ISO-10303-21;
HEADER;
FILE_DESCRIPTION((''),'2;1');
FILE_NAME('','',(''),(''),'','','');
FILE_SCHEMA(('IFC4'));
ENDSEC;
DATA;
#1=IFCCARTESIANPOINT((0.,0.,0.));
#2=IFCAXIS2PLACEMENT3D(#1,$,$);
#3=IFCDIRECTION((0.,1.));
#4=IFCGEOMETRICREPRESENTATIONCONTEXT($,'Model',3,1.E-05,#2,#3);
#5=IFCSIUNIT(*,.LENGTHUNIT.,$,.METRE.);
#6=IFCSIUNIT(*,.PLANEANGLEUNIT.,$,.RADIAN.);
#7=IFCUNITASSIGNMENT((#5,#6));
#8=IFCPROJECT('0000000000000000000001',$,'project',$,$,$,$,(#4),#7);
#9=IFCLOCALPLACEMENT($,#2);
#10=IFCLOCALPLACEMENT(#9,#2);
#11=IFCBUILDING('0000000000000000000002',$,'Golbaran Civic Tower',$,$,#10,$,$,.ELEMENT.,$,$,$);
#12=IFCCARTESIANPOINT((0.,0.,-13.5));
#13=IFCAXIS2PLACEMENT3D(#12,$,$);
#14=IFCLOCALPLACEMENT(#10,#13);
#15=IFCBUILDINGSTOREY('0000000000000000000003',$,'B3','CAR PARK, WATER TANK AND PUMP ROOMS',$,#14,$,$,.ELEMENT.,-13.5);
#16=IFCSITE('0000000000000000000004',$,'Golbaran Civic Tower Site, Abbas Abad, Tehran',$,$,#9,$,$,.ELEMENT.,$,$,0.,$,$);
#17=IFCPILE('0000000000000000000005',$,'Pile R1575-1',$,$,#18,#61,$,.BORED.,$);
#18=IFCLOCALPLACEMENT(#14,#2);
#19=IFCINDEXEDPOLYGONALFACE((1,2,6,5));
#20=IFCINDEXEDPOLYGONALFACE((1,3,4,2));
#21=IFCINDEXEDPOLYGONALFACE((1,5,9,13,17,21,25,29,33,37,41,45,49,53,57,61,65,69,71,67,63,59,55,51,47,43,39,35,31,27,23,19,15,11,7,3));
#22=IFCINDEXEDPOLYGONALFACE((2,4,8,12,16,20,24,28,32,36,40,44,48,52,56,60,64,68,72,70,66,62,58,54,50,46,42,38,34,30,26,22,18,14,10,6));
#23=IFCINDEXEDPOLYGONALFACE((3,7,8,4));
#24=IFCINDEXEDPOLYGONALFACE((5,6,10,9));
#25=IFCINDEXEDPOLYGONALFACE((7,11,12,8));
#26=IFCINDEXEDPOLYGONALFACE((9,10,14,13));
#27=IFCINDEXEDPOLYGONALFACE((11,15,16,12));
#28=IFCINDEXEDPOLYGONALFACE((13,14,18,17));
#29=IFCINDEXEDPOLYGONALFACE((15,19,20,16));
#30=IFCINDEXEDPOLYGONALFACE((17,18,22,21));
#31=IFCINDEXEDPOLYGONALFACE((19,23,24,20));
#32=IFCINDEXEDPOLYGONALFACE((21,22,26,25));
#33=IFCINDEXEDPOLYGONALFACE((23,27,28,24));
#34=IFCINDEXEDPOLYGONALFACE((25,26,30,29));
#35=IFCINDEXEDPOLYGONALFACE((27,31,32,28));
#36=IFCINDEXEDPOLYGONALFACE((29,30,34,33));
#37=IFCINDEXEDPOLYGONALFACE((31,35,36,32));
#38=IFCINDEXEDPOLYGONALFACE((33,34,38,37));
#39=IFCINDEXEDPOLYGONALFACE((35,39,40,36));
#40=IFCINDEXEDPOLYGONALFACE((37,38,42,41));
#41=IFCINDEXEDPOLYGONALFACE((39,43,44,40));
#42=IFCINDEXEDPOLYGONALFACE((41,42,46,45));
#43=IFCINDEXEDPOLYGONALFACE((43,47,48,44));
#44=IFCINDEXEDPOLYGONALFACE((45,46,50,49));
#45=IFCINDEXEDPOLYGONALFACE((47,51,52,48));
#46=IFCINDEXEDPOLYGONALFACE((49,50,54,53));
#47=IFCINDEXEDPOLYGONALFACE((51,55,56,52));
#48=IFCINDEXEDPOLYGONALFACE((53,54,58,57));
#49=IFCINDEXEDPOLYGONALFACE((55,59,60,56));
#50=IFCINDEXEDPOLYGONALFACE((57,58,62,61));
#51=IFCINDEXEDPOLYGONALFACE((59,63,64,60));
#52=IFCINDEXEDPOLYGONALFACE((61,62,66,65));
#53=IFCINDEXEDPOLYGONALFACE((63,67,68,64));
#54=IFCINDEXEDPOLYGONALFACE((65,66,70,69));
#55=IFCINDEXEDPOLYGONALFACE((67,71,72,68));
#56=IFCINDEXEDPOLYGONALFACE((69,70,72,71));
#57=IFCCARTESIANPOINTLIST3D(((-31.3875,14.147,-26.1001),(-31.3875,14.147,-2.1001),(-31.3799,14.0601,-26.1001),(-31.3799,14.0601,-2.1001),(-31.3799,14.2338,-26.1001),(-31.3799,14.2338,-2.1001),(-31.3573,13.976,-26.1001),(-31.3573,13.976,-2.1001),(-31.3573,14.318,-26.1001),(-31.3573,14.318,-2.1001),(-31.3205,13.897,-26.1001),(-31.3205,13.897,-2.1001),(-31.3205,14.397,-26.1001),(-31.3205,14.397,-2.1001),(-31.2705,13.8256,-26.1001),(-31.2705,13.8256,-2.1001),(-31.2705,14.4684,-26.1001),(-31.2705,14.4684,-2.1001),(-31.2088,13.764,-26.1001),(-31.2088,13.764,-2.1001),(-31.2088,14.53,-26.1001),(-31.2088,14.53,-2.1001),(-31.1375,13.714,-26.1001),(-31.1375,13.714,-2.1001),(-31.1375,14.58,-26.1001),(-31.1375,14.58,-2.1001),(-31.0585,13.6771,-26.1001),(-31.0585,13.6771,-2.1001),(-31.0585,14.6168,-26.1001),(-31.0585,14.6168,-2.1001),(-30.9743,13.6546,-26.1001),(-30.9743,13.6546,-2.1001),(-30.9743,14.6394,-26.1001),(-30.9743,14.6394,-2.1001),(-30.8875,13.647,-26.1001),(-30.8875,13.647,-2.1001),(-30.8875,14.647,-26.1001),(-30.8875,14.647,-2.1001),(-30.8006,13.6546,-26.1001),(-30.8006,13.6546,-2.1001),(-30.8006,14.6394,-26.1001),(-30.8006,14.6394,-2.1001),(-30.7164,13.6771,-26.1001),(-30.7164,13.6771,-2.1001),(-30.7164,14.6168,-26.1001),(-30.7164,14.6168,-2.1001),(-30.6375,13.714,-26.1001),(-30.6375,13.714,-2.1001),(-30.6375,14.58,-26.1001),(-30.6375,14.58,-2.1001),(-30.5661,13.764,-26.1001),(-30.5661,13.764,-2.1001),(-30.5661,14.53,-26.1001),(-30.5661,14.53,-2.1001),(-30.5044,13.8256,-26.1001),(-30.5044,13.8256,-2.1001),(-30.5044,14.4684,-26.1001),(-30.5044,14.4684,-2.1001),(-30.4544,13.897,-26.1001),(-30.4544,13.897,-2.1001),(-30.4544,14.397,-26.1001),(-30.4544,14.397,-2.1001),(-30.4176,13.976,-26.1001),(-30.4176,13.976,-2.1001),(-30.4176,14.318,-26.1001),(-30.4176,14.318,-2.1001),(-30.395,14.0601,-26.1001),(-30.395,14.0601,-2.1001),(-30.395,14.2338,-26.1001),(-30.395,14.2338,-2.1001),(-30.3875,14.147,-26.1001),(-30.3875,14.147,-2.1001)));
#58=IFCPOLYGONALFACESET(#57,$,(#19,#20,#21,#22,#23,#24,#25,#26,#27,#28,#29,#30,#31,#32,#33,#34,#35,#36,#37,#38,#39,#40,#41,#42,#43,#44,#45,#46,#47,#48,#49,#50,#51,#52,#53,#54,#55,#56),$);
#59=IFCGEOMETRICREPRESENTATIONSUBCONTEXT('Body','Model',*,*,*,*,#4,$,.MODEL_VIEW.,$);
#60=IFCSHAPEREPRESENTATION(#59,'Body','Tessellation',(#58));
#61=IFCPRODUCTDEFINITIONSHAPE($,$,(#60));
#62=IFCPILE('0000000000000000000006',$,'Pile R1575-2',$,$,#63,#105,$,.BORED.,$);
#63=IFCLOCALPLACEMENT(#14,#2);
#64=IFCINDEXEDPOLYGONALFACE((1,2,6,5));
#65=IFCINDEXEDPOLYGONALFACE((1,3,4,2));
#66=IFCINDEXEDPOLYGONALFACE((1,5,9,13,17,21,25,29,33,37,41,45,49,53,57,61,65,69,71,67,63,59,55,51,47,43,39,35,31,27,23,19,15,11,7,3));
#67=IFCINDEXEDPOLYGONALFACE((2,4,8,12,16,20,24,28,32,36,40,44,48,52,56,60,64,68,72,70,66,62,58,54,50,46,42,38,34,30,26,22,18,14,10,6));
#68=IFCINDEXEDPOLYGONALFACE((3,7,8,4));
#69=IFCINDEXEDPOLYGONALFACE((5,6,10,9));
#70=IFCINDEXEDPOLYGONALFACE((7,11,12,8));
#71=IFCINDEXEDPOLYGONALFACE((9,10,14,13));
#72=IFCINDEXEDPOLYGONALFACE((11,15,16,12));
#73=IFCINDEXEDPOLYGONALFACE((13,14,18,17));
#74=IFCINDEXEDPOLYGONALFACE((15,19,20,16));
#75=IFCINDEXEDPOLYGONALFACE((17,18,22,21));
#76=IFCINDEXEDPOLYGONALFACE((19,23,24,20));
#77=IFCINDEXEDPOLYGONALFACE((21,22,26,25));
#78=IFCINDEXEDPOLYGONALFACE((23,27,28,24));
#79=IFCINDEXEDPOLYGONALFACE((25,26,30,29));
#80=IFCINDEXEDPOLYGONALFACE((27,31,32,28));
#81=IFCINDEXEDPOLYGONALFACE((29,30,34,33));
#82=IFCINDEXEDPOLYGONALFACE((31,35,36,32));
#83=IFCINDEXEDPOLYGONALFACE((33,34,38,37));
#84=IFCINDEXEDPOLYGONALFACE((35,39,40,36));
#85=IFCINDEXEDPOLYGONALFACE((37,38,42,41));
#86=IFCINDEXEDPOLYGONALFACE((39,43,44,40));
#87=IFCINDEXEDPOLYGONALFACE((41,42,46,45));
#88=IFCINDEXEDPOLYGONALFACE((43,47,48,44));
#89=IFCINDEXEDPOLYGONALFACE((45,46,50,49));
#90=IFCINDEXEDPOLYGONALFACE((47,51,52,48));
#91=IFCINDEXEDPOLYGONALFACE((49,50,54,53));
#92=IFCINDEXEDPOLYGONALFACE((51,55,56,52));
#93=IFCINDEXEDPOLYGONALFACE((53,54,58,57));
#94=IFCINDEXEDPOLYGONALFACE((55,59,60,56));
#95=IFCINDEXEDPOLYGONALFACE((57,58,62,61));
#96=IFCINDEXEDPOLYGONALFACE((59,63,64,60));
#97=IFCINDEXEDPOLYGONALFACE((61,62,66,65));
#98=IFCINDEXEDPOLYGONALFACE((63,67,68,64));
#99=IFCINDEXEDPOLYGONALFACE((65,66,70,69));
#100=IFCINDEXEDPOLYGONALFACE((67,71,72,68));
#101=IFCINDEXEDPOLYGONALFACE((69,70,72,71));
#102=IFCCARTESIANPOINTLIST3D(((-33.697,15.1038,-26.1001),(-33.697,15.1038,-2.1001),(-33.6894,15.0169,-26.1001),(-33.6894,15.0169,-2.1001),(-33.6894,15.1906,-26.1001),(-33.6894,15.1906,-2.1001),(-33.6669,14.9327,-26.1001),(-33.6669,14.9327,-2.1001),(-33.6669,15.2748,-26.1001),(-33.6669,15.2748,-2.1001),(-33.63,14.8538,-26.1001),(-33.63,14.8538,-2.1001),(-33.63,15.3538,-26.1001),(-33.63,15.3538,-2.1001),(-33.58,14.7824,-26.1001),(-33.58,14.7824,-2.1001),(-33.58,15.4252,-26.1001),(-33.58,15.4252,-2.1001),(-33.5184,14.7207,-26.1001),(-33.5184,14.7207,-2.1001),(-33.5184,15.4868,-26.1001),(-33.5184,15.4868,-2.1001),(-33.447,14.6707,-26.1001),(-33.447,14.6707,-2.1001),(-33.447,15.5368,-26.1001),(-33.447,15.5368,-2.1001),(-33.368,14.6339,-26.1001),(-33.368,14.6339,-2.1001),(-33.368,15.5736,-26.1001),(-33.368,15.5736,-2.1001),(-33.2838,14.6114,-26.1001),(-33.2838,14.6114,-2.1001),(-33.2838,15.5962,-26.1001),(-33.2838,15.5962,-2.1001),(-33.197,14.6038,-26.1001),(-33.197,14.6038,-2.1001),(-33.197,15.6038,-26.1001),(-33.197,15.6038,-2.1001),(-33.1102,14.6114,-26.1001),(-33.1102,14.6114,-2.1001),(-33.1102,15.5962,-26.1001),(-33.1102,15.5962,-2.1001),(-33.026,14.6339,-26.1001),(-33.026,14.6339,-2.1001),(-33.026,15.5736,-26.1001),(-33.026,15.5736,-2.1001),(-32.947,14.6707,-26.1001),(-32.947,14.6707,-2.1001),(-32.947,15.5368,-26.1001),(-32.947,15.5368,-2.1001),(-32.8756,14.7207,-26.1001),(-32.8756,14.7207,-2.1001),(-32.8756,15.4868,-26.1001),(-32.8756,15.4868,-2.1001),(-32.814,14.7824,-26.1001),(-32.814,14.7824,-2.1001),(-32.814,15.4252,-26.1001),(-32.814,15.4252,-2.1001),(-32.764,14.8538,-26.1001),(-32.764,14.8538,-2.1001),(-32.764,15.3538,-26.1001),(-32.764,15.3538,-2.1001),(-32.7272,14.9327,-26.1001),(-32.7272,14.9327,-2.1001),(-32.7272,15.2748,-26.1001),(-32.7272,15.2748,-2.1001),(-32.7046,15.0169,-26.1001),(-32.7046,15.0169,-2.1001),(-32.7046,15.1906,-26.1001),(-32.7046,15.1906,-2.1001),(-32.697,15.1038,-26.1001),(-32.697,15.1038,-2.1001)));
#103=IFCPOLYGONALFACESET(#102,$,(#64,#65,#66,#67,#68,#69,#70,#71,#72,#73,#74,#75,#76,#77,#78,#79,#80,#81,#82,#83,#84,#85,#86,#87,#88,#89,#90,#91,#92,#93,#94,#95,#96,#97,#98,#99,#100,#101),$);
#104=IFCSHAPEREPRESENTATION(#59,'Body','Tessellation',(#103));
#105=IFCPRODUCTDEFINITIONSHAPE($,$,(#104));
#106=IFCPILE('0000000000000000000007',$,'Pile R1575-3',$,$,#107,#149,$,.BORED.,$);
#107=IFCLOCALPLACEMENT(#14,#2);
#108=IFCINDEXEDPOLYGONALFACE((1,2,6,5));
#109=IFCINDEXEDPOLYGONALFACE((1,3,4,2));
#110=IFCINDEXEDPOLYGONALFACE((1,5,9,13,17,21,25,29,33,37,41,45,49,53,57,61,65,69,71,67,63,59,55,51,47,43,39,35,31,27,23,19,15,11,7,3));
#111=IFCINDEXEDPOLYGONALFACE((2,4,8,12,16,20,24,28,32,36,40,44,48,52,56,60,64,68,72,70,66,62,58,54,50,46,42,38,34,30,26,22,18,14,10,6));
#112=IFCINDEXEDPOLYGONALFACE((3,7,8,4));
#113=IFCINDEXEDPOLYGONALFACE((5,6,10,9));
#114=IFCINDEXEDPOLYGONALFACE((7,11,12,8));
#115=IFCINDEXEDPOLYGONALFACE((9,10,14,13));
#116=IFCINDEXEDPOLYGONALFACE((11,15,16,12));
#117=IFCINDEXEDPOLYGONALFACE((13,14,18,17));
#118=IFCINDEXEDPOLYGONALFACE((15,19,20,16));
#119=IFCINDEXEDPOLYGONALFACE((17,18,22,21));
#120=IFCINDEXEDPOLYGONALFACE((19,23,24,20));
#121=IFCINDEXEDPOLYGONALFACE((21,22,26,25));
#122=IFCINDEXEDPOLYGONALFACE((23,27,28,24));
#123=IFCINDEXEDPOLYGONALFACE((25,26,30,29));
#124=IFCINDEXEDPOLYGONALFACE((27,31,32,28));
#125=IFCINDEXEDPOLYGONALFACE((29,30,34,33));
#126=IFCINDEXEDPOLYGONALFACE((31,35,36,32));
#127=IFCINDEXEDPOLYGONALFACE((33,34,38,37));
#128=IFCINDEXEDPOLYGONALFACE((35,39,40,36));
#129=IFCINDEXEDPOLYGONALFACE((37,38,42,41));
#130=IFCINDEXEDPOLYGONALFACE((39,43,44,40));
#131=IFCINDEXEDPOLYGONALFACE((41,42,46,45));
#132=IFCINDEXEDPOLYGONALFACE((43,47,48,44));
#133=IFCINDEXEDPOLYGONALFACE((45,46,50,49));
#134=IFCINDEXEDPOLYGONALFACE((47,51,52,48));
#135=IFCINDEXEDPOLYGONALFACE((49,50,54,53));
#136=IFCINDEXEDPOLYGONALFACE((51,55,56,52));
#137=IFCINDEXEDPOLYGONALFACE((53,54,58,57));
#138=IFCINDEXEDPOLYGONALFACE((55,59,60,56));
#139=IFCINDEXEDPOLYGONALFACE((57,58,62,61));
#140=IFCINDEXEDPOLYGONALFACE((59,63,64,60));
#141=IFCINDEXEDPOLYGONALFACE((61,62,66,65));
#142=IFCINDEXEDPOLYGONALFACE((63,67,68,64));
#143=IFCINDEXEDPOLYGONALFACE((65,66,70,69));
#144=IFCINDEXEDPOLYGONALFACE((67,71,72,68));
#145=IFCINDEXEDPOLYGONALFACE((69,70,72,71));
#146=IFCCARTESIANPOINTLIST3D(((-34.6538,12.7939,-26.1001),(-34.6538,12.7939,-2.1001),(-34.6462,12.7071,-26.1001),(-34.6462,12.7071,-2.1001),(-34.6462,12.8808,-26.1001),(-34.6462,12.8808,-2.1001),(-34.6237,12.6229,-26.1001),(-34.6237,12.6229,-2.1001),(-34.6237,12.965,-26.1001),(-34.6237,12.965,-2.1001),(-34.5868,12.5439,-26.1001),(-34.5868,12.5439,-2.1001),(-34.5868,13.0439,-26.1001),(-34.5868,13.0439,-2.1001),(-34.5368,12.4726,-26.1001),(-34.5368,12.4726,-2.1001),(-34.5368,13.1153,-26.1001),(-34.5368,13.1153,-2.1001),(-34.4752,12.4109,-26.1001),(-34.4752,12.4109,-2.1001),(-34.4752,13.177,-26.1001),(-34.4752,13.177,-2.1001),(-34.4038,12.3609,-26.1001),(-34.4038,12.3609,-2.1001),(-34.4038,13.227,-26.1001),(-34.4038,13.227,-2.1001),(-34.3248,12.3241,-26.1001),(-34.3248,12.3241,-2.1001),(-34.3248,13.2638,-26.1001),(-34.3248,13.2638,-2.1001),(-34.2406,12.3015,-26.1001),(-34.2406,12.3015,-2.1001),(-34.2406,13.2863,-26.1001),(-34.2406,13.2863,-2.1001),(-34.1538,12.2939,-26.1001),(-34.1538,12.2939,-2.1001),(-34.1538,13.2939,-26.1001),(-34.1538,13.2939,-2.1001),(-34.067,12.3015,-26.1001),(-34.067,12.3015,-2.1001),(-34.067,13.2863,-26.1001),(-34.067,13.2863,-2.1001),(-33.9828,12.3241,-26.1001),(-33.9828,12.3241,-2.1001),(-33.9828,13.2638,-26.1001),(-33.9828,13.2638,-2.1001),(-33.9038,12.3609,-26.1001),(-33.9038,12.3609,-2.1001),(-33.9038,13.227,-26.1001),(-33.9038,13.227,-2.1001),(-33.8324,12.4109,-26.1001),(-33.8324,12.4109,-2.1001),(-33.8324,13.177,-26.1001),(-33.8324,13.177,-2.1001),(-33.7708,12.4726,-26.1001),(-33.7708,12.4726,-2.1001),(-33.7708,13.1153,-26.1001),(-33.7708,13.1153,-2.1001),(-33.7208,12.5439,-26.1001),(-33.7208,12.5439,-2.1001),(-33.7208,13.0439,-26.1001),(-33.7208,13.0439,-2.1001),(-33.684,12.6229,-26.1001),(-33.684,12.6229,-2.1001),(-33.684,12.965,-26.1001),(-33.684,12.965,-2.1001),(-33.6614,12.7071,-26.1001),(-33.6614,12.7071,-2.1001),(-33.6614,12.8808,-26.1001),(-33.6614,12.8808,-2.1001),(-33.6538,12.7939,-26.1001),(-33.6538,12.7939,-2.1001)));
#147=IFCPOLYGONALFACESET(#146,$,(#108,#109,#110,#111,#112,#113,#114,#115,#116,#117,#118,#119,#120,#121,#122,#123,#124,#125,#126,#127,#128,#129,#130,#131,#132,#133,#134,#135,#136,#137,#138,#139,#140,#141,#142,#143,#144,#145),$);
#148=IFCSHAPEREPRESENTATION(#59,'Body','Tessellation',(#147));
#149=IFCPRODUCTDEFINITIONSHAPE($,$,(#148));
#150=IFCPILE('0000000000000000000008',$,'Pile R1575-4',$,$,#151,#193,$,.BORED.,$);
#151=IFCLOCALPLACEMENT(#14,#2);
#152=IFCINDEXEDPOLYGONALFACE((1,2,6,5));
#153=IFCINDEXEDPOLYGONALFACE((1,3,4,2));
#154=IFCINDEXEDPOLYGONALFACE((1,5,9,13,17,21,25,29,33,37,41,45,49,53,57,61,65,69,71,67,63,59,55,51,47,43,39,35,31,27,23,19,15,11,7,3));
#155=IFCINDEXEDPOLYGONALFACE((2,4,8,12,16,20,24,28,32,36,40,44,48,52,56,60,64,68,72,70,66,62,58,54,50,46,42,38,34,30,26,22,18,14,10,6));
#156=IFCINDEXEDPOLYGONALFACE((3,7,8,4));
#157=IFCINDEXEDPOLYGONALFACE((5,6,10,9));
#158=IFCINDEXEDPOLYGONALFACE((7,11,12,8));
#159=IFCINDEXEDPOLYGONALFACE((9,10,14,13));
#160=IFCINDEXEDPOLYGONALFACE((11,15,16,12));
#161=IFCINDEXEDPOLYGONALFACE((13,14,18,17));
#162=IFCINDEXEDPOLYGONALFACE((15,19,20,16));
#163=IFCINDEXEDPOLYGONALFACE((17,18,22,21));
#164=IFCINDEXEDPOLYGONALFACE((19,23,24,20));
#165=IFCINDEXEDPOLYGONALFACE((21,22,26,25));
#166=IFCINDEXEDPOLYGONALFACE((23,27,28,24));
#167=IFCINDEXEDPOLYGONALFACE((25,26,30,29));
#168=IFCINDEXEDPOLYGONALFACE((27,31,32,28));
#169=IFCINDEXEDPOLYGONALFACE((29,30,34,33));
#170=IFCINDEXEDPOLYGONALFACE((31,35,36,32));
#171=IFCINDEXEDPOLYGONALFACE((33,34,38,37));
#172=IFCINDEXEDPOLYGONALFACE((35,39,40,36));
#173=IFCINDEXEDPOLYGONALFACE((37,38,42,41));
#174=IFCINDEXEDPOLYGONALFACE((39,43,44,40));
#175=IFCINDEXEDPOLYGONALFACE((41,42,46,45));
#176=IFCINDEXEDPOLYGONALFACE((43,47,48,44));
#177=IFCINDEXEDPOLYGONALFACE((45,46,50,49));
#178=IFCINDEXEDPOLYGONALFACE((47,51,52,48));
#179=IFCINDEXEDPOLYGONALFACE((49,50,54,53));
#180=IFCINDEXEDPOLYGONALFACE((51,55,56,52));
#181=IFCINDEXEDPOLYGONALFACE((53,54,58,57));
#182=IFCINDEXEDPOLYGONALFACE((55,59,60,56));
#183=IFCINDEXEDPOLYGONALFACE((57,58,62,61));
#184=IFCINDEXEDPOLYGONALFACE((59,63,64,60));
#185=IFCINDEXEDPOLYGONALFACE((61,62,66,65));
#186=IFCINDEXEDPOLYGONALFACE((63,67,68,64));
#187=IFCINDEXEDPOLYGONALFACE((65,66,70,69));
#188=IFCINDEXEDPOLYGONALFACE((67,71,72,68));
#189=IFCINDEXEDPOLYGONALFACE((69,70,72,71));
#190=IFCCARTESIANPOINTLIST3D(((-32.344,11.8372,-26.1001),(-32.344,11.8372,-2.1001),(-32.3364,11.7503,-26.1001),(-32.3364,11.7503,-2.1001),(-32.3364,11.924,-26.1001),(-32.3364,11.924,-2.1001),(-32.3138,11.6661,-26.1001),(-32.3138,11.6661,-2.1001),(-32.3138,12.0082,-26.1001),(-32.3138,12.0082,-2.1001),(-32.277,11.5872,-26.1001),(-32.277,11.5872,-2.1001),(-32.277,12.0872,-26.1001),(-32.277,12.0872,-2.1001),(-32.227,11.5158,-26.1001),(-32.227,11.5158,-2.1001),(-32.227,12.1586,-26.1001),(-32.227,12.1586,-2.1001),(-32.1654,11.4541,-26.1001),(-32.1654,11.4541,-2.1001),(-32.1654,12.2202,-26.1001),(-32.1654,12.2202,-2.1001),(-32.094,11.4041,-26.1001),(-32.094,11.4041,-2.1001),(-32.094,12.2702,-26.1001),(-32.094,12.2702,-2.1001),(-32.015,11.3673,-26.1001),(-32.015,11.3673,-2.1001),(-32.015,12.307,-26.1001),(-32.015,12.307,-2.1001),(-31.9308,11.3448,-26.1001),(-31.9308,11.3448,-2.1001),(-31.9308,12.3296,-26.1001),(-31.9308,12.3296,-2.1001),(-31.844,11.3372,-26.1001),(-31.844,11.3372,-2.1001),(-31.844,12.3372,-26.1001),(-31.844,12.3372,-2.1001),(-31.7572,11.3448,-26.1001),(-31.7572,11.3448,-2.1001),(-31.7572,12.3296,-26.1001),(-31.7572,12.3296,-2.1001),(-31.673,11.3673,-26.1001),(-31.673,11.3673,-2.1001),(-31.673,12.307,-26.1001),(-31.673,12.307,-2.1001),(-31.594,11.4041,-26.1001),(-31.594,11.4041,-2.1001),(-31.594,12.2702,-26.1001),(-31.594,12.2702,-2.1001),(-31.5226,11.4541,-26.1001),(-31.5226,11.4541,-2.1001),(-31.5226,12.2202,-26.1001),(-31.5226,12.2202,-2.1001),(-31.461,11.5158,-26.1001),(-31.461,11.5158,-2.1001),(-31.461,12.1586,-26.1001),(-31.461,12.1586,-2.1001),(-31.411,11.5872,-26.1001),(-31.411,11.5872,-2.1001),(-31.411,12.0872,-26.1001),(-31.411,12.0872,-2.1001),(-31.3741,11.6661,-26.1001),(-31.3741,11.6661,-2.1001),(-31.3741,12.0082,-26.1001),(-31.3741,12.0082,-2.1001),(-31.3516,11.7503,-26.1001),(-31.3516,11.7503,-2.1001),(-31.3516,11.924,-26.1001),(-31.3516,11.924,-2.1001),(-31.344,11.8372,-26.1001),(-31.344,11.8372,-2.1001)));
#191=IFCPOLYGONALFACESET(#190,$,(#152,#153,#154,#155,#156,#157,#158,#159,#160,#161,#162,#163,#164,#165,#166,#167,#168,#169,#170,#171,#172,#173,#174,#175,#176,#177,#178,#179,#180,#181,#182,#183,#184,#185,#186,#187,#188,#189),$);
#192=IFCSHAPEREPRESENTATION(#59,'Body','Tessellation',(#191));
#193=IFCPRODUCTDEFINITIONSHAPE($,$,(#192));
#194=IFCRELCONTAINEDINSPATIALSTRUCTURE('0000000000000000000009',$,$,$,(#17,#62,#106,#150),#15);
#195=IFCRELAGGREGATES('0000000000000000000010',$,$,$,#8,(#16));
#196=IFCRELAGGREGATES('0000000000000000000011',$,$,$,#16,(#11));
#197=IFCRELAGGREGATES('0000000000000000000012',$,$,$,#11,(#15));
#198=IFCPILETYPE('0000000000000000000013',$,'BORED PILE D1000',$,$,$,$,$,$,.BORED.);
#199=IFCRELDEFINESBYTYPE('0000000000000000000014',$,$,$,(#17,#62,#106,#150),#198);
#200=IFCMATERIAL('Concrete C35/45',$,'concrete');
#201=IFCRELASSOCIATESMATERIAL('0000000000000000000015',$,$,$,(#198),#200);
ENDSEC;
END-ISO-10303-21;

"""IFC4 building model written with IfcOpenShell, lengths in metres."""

from ifc_helpers import new_model, si_unit, direction, frame, origin, origin_2d, place, context, subcontext, project, spatial, circle, extrude, material, material_profile, profile_set, type_object, element, save


model = new_model("IFC4")

# Units and contexts
model_context = context("Model", 3, precision=1e-05, world=origin(), true_north=direction((0.0, 1.0)))
body_context = subcontext(model_context, "Body", "Model", "MODEL_VIEW")
ifc_project = project(units=[si_unit("LENGTHUNIT", "METRE"), si_unit("PLANEANGLEUNIT", "RADIAN")], contexts=[model_context])

# Site, building, storey
site_placement = place(None, origin())
site = spatial("IfcSite", under=ifc_project, at=site_placement, Name="Golbaran Civic Tower Site, Abbas Abad, Tehran", CompositionType="ELEMENT", RefElevation=0.0)
building_placement = place(site_placement, origin())
building = spatial("IfcBuilding", under=site, at=building_placement, Name="Golbaran Civic Tower", CompositionType="ELEMENT")
storey_placement = place(building_placement, frame((0.0, 0.0, -13.5)))
storey = spatial("IfcBuildingStorey", under=building, at=storey_placement, Name="B3", Description="CAR PARK, WATER TANK AND PUMP ROOMS", CompositionType="ELEMENT", Elevation=-13.5)

# Piles
ifc_material_1 = material(Name="Concrete C35/45", Category="concrete")
ifc_material_profile_1 = material_profile(ifc_material_1, circle(Radius=0.5, at=origin_2d()), Name="BORED PILE D1000")
ifc_profile_set_1 = profile_set([ifc_material_profile_1], Name="Concrete C35/45")
pile_type_1 = type_object("IfcPileType", Name="BORED PILE D1000", PredefinedType="BORED", material=ifc_profile_set_1)
for number, where, z_axis, x_axis, name in (
    (1, (-30.8875, 14.147, -2.1001), (0.0, 0.0, -1.0), (1.0, 0.0, 0.0), "Pile R1575-1"),
    (2, (-33.197, 15.1038, -2.1001), (0.0, 0.0, -1.0), (1.0, 0.0, 0.0), "Pile R1575-2"),
    (3, (-34.1538, 12.7939, -2.1001), (0.0, 0.0, -1.0), (1.0, 0.0, 0.0), "Pile R1575-3"),
    (4, (-31.844, 11.8372, -2.1001), (0.0, 0.0, -1.0), (1.0, 0.0, 0.0), "Pile R1575-4"),
):
    element("IfcPile", number, at=place(storey_placement, frame(where, z_axis=z_axis, x_axis=x_axis)), inside=storey, type_object=pile_type_1, Name=name, PredefinedType="BORED", context=body_context, shape_type="SweptSolid", body=[
        extrude(circle(Radius=0.5, at=origin_2d()), origin(), (0.0, 0.0, 1.0), 24.0),
    ])

save(model, "model.ifc")
